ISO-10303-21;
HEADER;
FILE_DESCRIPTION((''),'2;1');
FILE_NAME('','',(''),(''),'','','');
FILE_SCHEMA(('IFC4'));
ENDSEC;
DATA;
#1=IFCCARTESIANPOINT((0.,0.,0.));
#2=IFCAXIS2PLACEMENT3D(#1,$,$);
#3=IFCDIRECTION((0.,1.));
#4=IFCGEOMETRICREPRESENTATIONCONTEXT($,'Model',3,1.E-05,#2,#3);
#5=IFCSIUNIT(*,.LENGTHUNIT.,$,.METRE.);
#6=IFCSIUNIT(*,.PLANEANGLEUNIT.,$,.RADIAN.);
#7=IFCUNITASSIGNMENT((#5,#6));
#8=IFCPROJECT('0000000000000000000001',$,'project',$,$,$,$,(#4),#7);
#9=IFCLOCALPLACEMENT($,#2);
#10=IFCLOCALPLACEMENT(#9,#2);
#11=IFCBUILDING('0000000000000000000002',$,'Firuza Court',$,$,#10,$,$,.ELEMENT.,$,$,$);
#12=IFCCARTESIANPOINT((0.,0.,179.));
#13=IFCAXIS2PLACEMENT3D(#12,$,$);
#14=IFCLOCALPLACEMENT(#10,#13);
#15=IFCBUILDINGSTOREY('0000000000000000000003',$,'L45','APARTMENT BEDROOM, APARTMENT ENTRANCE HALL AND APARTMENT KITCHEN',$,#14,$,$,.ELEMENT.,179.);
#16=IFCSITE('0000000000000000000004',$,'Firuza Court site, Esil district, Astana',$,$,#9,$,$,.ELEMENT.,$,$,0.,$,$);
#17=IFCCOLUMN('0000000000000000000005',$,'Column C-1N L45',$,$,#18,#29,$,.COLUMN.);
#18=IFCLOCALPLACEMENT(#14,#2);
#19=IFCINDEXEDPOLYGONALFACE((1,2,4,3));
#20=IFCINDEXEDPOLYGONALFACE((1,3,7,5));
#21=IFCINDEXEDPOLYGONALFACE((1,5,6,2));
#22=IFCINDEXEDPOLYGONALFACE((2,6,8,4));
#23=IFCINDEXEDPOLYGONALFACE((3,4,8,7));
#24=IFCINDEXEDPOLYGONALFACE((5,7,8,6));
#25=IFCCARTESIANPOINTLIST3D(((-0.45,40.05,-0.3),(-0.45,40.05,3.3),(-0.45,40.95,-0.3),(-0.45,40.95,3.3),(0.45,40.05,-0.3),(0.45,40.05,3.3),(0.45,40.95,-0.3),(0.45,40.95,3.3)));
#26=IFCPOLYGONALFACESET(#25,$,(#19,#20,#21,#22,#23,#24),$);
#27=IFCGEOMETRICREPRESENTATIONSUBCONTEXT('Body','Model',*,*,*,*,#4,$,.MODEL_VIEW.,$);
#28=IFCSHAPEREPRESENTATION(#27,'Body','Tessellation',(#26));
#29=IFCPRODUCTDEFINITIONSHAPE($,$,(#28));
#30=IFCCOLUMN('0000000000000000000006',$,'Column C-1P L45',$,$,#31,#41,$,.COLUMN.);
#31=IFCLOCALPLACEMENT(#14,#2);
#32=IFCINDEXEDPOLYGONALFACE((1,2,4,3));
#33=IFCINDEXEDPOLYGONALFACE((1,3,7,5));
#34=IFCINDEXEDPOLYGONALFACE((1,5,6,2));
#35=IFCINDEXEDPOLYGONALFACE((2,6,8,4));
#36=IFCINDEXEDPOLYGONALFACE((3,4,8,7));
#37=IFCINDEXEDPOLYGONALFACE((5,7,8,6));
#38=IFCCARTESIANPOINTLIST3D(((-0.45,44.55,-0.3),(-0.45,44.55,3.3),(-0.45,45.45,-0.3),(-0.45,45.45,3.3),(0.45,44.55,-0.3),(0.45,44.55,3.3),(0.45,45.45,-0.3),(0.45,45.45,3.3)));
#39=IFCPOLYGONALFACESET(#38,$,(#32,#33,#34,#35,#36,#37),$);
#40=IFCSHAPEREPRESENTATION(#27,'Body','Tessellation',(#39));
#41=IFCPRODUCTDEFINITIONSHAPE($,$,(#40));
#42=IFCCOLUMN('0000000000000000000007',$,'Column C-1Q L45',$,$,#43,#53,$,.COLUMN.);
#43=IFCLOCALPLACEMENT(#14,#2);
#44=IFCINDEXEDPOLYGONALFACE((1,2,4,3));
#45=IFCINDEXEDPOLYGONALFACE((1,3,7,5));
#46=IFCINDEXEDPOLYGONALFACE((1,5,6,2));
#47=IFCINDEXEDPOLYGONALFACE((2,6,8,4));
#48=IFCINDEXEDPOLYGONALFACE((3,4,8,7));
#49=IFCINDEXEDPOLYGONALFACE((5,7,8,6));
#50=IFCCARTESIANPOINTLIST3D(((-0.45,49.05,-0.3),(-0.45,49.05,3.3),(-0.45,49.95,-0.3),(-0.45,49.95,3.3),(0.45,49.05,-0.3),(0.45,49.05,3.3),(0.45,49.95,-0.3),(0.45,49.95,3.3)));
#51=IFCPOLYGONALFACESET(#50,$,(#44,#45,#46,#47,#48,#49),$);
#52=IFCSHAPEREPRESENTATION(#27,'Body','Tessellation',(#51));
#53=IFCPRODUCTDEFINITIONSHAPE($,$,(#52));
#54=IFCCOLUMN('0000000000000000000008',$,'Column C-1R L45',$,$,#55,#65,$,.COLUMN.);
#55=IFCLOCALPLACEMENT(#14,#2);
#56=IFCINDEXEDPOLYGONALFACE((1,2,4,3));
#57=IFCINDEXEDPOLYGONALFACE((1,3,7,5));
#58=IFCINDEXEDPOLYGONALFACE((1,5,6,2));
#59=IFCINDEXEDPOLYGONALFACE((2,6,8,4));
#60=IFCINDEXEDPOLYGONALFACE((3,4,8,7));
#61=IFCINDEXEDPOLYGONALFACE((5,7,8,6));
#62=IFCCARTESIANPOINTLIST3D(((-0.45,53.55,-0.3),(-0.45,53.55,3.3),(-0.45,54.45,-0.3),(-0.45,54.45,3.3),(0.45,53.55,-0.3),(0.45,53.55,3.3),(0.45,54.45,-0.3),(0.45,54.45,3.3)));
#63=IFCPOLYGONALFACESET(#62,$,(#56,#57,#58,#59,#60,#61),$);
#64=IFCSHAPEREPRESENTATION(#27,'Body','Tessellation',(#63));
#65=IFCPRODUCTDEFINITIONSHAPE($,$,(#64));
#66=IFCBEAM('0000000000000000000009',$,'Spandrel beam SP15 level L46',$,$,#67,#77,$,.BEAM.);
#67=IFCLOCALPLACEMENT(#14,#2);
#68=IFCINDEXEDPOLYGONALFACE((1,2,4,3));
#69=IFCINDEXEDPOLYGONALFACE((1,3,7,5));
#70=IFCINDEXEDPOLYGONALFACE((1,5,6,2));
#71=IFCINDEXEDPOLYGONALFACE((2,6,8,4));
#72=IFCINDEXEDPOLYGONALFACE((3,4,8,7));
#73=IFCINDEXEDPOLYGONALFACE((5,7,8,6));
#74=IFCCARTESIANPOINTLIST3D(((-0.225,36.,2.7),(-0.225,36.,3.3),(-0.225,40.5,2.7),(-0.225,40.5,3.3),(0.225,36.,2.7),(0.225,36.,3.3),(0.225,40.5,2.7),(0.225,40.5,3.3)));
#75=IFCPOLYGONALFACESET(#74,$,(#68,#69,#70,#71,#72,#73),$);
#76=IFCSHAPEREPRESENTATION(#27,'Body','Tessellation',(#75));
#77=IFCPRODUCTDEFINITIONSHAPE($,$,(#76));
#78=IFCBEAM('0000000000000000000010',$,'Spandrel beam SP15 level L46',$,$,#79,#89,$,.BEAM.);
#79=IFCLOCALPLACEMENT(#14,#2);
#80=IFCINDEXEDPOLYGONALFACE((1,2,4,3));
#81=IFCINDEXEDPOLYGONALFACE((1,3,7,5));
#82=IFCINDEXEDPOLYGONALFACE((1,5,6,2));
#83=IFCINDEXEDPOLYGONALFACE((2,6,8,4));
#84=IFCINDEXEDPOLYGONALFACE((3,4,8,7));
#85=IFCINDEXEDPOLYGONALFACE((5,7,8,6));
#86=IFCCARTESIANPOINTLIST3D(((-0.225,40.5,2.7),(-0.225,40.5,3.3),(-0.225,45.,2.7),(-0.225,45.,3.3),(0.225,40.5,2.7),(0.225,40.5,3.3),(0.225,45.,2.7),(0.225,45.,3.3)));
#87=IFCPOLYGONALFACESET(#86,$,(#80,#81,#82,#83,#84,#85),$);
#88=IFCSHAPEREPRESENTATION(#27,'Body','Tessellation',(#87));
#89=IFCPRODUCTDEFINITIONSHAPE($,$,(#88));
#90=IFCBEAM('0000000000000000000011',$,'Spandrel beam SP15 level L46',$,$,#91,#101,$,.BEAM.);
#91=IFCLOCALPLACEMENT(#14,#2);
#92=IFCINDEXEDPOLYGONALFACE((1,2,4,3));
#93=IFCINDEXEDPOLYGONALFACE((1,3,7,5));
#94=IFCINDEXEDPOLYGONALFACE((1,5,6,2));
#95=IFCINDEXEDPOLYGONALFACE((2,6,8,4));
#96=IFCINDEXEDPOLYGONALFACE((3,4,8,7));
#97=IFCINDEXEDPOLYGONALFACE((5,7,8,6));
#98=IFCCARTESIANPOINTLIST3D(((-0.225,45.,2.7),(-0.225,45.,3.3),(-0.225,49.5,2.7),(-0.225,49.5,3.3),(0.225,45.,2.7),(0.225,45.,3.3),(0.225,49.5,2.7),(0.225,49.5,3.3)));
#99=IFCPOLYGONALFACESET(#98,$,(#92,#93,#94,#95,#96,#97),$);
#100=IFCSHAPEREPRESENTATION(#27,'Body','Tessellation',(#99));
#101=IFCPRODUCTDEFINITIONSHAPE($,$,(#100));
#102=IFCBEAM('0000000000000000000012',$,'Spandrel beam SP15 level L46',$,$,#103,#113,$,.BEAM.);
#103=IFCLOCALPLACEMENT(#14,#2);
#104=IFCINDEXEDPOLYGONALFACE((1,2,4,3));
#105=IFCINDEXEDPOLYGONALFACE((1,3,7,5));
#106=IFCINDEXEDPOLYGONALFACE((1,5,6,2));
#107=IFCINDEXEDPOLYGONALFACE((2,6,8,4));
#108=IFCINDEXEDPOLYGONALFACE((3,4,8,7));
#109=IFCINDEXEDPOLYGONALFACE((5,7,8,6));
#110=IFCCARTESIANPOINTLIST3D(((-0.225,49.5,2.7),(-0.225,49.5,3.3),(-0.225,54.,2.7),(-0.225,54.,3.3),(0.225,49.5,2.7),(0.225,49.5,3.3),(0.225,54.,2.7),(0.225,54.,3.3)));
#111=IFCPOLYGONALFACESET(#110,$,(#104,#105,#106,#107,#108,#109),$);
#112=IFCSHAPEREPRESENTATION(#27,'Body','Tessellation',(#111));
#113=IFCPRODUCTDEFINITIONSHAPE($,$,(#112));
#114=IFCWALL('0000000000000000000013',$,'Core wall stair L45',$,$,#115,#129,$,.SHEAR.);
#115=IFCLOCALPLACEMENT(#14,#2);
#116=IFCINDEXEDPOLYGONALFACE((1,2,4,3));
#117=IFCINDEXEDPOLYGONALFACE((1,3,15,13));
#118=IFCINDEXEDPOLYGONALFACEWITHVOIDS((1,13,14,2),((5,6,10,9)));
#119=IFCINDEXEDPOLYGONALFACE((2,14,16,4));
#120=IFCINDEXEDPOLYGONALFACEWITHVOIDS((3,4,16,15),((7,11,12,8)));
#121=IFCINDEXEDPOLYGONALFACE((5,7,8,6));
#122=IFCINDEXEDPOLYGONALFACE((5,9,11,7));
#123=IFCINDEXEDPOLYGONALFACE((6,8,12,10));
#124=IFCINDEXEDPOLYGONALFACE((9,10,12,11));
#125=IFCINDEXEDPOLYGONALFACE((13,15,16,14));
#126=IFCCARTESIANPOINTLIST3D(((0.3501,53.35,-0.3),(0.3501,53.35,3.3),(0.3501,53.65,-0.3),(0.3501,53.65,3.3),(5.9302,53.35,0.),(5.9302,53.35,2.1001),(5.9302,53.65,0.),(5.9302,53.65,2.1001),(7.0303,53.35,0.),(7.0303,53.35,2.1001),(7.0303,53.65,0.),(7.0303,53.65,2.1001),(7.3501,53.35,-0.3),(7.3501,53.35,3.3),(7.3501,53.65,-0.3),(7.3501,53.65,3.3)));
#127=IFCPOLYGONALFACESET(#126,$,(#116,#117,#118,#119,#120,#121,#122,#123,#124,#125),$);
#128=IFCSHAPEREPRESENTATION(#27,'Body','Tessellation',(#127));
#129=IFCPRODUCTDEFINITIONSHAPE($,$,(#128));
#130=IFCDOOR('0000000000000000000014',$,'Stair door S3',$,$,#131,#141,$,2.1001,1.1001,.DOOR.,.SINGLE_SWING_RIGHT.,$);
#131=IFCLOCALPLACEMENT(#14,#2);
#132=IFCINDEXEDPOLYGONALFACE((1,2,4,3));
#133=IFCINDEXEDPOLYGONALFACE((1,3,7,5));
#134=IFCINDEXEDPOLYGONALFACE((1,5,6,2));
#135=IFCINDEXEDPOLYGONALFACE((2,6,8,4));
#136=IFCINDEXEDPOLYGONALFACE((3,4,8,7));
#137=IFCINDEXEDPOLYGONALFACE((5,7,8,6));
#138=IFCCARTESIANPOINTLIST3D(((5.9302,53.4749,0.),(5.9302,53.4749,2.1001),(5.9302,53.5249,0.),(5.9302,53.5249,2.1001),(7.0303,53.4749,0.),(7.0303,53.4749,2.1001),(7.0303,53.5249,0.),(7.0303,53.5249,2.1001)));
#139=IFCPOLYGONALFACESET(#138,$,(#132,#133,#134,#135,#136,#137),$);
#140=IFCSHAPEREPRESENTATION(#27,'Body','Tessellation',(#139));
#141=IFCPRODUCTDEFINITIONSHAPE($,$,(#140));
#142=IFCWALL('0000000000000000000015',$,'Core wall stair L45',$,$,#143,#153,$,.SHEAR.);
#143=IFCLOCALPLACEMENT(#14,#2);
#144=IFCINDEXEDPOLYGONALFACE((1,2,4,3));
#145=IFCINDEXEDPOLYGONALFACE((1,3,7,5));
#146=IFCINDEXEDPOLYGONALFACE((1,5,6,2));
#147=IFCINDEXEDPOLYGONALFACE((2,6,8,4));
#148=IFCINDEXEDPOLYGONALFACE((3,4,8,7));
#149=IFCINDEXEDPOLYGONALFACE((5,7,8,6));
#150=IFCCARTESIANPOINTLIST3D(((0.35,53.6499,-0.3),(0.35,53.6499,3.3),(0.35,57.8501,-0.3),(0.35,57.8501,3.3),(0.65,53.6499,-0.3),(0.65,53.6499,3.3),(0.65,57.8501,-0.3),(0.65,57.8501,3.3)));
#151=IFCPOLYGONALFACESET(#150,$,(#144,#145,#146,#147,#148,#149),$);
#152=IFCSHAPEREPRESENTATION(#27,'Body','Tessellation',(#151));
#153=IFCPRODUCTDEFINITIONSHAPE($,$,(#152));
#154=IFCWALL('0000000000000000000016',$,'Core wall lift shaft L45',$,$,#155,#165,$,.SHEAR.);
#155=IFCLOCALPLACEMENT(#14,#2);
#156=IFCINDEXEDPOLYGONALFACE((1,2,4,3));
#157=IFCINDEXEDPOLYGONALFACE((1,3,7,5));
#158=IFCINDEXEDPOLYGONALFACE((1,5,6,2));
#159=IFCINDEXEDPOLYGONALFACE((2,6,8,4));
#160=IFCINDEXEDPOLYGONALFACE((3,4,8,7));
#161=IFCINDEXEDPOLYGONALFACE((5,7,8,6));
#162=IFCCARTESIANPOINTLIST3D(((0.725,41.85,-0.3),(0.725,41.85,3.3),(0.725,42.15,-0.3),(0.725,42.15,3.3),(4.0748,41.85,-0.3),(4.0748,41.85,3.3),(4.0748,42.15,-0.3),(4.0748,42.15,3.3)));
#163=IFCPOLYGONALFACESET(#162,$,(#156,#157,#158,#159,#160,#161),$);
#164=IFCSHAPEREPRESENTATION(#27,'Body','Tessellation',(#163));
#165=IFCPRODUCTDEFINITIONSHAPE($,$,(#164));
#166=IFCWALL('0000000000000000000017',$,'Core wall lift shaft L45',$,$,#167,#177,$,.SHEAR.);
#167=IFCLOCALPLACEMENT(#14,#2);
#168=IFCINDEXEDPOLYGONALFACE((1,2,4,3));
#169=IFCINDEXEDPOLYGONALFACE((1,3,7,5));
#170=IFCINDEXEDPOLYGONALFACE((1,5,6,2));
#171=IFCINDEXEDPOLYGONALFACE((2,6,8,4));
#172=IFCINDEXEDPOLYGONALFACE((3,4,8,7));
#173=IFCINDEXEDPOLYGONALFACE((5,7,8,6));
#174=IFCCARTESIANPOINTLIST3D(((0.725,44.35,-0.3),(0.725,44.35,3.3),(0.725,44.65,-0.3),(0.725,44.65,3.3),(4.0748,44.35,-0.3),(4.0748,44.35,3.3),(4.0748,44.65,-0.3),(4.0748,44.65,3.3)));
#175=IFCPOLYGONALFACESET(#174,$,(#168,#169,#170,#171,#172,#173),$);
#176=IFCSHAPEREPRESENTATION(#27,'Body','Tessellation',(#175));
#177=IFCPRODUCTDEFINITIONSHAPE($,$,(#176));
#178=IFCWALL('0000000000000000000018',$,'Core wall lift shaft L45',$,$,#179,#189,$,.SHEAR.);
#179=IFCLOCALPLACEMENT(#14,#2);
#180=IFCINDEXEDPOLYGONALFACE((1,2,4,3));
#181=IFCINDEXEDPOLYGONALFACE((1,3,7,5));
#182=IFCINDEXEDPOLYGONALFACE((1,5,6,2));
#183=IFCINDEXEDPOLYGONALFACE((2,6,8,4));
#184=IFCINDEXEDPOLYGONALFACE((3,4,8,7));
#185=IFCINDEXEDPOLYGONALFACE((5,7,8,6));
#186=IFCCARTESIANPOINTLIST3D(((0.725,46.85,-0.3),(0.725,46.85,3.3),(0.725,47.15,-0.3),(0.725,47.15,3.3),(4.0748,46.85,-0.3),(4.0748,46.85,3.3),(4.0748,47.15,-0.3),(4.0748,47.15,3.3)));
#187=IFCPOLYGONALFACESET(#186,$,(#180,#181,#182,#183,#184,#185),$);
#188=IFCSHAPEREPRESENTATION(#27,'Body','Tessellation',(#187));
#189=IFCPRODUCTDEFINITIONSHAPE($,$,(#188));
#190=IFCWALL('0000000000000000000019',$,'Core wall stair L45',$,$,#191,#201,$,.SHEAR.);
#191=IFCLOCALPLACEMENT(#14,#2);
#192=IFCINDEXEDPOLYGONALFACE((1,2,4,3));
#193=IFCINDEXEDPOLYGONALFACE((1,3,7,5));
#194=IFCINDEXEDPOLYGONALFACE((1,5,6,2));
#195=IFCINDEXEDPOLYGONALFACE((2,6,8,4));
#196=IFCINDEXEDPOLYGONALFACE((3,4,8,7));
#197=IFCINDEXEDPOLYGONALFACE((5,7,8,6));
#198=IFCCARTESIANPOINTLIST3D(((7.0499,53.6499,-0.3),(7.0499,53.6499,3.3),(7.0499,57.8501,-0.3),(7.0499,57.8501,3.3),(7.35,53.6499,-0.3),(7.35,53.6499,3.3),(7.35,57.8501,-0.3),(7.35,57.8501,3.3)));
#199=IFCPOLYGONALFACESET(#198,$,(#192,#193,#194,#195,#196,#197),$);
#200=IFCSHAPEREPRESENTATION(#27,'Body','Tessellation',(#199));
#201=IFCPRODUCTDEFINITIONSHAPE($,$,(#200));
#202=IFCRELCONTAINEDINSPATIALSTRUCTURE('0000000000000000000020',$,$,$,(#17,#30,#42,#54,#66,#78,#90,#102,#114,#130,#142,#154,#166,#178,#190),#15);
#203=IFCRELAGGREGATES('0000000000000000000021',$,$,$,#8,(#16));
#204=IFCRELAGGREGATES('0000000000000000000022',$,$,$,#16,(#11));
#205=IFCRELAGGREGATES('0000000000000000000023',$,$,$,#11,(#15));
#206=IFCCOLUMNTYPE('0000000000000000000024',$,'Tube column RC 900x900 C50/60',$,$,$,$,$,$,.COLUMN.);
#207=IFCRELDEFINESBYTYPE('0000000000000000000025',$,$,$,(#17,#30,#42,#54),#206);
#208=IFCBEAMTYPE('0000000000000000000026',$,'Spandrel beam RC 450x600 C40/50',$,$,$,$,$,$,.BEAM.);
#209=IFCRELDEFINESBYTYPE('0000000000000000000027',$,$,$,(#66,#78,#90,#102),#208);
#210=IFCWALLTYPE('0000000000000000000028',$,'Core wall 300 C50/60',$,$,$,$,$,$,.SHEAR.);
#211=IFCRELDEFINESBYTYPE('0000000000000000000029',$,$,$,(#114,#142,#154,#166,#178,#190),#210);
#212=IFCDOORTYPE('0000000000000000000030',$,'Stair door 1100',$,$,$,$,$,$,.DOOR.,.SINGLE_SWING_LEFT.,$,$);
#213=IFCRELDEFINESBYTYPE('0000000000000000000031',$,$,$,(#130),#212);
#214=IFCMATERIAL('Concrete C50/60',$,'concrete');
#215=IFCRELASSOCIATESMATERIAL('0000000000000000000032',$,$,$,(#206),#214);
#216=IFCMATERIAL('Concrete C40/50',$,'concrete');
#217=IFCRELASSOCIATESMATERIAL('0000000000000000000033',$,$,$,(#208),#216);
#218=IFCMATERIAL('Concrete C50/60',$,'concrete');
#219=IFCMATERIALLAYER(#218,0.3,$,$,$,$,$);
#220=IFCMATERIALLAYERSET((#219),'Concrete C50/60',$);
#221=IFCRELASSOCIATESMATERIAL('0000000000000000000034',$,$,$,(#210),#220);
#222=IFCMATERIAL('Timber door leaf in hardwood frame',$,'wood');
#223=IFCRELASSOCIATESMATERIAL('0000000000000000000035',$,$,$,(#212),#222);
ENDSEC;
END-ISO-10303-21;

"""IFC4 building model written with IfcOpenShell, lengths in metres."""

from ifc_helpers import new_model, si_unit, direction, frame, frame_2d, origin, origin_2d, place, context, subcontext, project, spatial, rectangle, extrude, material, layer, layer_set, material_profile, profile_set, type_object, element, fill, save


model = new_model("IFC4")

# Units and contexts
model_context = context("Model", 3, precision=1e-05, world=origin(), true_north=direction((0.0, 1.0)))
body_context = subcontext(model_context, "Body", "Model", "MODEL_VIEW")
ifc_project = project(units=[si_unit("LENGTHUNIT", "METRE"), si_unit("PLANEANGLEUNIT", "RADIAN")], contexts=[model_context])

# Site, building, storey
site_placement = place(None, origin())
site = spatial("IfcSite", under=ifc_project, at=site_placement, Name="Firuza Court site, Esil district, Astana", CompositionType="ELEMENT", RefElevation=0.0)
building_placement = place(site_placement, origin())
building = spatial("IfcBuilding", under=site, at=building_placement, Name="Firuza Court", CompositionType="ELEMENT")
storey_placement = place(building_placement, frame((0.0, 0.0, 179.0)))
storey = spatial("IfcBuildingStorey", under=building, at=storey_placement, Name="L45", Description="APARTMENT BEDROOM, APARTMENT ENTRANCE HALL AND APARTMENT KITCHEN", CompositionType="ELEMENT", Elevation=179.0)

# Columns
ifc_material_1 = material(Name="Concrete C50/60", Category="concrete")
ifc_material_profile_1 = material_profile(ifc_material_1, rectangle(XDim=0.8999, YDim=0.8999, at=origin_2d()), Name="RC 900x900")
ifc_profile_set_1 = profile_set([ifc_material_profile_1], Name="Concrete C50/60")
column_type = type_object("IfcColumnType", Name="Tube column RC 900x900 C50/60", PredefinedType="COLUMN", material=ifc_profile_set_1)
for number, where, z_axis, x_axis, name in (
    (1, (0.0, 40.5, -0.3), (0.0, 0.0, 1.0), (1.0, 0.0, 0.0), "Column C-1N L45"),
    (2, (0.0, 45.0, -0.3), (0.0, 0.0, 1.0), (1.0, 0.0, 0.0), "Column C-1P L45"),
    (3, (0.0, 49.5, -0.3), (0.0, 0.0, 1.0), (1.0, 0.0, 0.0), "Column C-1Q L45"),
    (4, (0.0, 54.0, -0.3), (0.0, 0.0, 1.0), (1.0, 0.0, 0.0), "Column C-1R L45"),
):
    element("IfcColumn", number, at=place(storey_placement, frame(where, z_axis=z_axis, x_axis=x_axis)), inside=storey, type_object=column_type, Name=name, PredefinedType="COLUMN", context=body_context, shape_type="SweptSolid", body=[
        extrude(rectangle(XDim=0.8999, YDim=0.8999, at=origin_2d()), origin(), (0.0, 0.0, 1.0), 3.6001),
    ])

# Beams
ifc_material_2 = material(Name="Concrete C40/50", Category="concrete")
ifc_material_profile_2 = material_profile(ifc_material_2, rectangle(XDim=0.45, YDim=0.6001, at=origin_2d()), Name="RC 450x600")
ifc_profile_set_2 = profile_set([ifc_material_profile_2], Name="Concrete C40/50")
beam_type = type_object("IfcBeamType", Name="Spandrel beam RC 450x600 C40/50", PredefinedType="BEAM", material=ifc_profile_set_2)
for number, where, z_axis, x_axis, name in (
    (5, (0.0, 40.5, 3.0), (0.0, -1.0, 0.0), (1.0, 0.0, 0.0), "Spandrel beam SP15 level L46"),
    (6, (0.0, 45.0, 3.0), (0.0, -1.0, 0.0), (1.0, 0.0, 0.0), "Spandrel beam SP15 level L46"),
    (7, (0.0, 49.5, 3.0), (0.0, -1.0, 0.0), (1.0, 0.0, 0.0), "Spandrel beam SP15 level L46"),
    (8, (0.0, 54.0, 3.0), (0.0, -1.0, 0.0), (1.0, 0.0, 0.0), "Spandrel beam SP15 level L46"),
):
    element("IfcBeam", number, at=place(storey_placement, frame(where, z_axis=z_axis, x_axis=x_axis)), inside=storey, type_object=beam_type, Name=name, PredefinedType="BEAM", context=body_context, shape_type="SweptSolid", body=[
        extrude(rectangle(XDim=0.45, YDim=0.6001, at=origin_2d()), origin(), (0.0, 0.0, 1.0), 4.5),
    ])

# Wall, opening, door
ifc_material_3 = material(Name="Concrete C50/60", Category="concrete")
ifc_layer_1 = layer(ifc_material_3, 0.3)
ifc_layer_set_1 = layer_set([ifc_layer_1], Name="Concrete C50/60")
wall_type_1 = type_object("IfcWallType", Name="Core wall 300 C50/60", PredefinedType="SHEAR", material=ifc_layer_set_1)
wall_1_placement = place(storey_placement, frame((0.3501, 53.5, -0.3), z_axis=(0.0, 0.0, 1.0), x_axis=(1.0, 0.0, 0.0)))
wall_1 = element("IfcWall", 9, at=wall_1_placement, inside=storey, type_object=wall_type_1, Name="Core wall stair L45", PredefinedType="SHEAR", context=body_context, shape_type="SweptSolid", body=[
    extrude(rectangle(XDim=7.0, YDim=0.3, at=frame_2d((3.5, 0.0))), origin(), (0.0, 0.0, 1.0), 3.6001),
])
opening_1_placement = place(wall_1_placement, frame((5.5801, 0.0, 0.3)))
opening_1 = element("IfcOpeningElement", 10, at=opening_1_placement, cuts=wall_1, PredefinedType="OPENING", context=body_context, shape_type="SweptSolid", body=[
    extrude(rectangle(XDim=1.1001, YDim=2.1001, at=frame_2d((0.55, 1.05))), frame((0.0, 0.1621, 0.0), z_axis=(0.0, -1.0, 0.0), x_axis=(1.0, 0.0, 0.0)), (0.0, 0.0, 1.0), 0.324),
])
ifc_material_4 = material(Name="Timber door leaf in hardwood frame", Category="wood")
door_type_1 = type_object("IfcDoorType", Name="Stair door 1100", OperationType="SINGLE_SWING_LEFT", PredefinedType="DOOR", material=ifc_material_4)
door_1_placement = place(opening_1_placement, origin())
door_1 = element("IfcDoor", 11, at=door_1_placement, inside=storey, type_object=door_type_1, Name="Stair door S3", OperationType="SINGLE_SWING_RIGHT", OverallHeight=2.1001, OverallWidth=1.1001, PredefinedType="DOOR", context=body_context, shape_type="SweptSolid", body=[
    extrude(rectangle(XDim=1.1001, YDim=2.1001, at=frame_2d((0.55, 1.05))), frame((0.0, 0.0249, 0.0), z_axis=(0.0, -1.0, 0.0), x_axis=(1.0, 0.0, 0.0)), (0.0, 0.0, 1.0), 0.05),
])
fill(opening_1, door_1)

# Walls
wall_2_placement = place(storey_placement, frame((0.5, 53.6499, -0.3), z_axis=(0.0, 0.0, 1.0), x_axis=(0.0, 1.0, 0.0)))
element("IfcWall", 12, at=wall_2_placement, inside=storey, type_object=wall_type_1, Name="Core wall stair L45", PredefinedType="SHEAR", context=body_context, shape_type="SweptSolid", body=[
    extrude(rectangle(XDim=4.2002, YDim=0.3, at=frame_2d((2.1001, 0.0))), origin(), (0.0, 0.0, 1.0), 3.6001),
])
for number, where, z_axis, x_axis, name in (
    (13, (0.7251, 42.0, -0.3), (0.0, 0.0, 1.0), (1.0, 0.0, 0.0), "Core wall lift shaft L45"),
    (14, (0.7251, 44.5, -0.3), (0.0, 0.0, 1.0), (1.0, 0.0, 0.0), "Core wall lift shaft L45"),
    (15, (0.7251, 47.0, -0.3), (0.0, 0.0, 1.0), (1.0, 0.0, 0.0), "Core wall lift shaft L45"),
):
    element("IfcWall", number, at=place(storey_placement, frame(where, z_axis=z_axis, x_axis=x_axis)), inside=storey, type_object=wall_type_1, Name=name, PredefinedType="SHEAR", context=body_context, shape_type="SweptSolid", body=[
        extrude(rectangle(XDim=3.3499, YDim=0.3, at=frame_2d((1.6748, 0.0))), origin(), (0.0, 0.0, 1.0), 3.6001),
    ])
wall_3_placement = place(storey_placement, frame((7.2, 53.6499, -0.3), z_axis=(0.0, 0.0, 1.0), x_axis=(0.0, 1.0, 0.0)))
element("IfcWall", 16, at=wall_3_placement, inside=storey, type_object=wall_type_1, Name="Core wall stair L45", PredefinedType="SHEAR", context=body_context, shape_type="SweptSolid", body=[
    extrude(rectangle(XDim=4.2002, YDim=0.3, at=frame_2d((2.1001, 0.0))), origin(), (0.0, 0.0, 1.0), 3.6001),
])

save(model, "model.ifc")
